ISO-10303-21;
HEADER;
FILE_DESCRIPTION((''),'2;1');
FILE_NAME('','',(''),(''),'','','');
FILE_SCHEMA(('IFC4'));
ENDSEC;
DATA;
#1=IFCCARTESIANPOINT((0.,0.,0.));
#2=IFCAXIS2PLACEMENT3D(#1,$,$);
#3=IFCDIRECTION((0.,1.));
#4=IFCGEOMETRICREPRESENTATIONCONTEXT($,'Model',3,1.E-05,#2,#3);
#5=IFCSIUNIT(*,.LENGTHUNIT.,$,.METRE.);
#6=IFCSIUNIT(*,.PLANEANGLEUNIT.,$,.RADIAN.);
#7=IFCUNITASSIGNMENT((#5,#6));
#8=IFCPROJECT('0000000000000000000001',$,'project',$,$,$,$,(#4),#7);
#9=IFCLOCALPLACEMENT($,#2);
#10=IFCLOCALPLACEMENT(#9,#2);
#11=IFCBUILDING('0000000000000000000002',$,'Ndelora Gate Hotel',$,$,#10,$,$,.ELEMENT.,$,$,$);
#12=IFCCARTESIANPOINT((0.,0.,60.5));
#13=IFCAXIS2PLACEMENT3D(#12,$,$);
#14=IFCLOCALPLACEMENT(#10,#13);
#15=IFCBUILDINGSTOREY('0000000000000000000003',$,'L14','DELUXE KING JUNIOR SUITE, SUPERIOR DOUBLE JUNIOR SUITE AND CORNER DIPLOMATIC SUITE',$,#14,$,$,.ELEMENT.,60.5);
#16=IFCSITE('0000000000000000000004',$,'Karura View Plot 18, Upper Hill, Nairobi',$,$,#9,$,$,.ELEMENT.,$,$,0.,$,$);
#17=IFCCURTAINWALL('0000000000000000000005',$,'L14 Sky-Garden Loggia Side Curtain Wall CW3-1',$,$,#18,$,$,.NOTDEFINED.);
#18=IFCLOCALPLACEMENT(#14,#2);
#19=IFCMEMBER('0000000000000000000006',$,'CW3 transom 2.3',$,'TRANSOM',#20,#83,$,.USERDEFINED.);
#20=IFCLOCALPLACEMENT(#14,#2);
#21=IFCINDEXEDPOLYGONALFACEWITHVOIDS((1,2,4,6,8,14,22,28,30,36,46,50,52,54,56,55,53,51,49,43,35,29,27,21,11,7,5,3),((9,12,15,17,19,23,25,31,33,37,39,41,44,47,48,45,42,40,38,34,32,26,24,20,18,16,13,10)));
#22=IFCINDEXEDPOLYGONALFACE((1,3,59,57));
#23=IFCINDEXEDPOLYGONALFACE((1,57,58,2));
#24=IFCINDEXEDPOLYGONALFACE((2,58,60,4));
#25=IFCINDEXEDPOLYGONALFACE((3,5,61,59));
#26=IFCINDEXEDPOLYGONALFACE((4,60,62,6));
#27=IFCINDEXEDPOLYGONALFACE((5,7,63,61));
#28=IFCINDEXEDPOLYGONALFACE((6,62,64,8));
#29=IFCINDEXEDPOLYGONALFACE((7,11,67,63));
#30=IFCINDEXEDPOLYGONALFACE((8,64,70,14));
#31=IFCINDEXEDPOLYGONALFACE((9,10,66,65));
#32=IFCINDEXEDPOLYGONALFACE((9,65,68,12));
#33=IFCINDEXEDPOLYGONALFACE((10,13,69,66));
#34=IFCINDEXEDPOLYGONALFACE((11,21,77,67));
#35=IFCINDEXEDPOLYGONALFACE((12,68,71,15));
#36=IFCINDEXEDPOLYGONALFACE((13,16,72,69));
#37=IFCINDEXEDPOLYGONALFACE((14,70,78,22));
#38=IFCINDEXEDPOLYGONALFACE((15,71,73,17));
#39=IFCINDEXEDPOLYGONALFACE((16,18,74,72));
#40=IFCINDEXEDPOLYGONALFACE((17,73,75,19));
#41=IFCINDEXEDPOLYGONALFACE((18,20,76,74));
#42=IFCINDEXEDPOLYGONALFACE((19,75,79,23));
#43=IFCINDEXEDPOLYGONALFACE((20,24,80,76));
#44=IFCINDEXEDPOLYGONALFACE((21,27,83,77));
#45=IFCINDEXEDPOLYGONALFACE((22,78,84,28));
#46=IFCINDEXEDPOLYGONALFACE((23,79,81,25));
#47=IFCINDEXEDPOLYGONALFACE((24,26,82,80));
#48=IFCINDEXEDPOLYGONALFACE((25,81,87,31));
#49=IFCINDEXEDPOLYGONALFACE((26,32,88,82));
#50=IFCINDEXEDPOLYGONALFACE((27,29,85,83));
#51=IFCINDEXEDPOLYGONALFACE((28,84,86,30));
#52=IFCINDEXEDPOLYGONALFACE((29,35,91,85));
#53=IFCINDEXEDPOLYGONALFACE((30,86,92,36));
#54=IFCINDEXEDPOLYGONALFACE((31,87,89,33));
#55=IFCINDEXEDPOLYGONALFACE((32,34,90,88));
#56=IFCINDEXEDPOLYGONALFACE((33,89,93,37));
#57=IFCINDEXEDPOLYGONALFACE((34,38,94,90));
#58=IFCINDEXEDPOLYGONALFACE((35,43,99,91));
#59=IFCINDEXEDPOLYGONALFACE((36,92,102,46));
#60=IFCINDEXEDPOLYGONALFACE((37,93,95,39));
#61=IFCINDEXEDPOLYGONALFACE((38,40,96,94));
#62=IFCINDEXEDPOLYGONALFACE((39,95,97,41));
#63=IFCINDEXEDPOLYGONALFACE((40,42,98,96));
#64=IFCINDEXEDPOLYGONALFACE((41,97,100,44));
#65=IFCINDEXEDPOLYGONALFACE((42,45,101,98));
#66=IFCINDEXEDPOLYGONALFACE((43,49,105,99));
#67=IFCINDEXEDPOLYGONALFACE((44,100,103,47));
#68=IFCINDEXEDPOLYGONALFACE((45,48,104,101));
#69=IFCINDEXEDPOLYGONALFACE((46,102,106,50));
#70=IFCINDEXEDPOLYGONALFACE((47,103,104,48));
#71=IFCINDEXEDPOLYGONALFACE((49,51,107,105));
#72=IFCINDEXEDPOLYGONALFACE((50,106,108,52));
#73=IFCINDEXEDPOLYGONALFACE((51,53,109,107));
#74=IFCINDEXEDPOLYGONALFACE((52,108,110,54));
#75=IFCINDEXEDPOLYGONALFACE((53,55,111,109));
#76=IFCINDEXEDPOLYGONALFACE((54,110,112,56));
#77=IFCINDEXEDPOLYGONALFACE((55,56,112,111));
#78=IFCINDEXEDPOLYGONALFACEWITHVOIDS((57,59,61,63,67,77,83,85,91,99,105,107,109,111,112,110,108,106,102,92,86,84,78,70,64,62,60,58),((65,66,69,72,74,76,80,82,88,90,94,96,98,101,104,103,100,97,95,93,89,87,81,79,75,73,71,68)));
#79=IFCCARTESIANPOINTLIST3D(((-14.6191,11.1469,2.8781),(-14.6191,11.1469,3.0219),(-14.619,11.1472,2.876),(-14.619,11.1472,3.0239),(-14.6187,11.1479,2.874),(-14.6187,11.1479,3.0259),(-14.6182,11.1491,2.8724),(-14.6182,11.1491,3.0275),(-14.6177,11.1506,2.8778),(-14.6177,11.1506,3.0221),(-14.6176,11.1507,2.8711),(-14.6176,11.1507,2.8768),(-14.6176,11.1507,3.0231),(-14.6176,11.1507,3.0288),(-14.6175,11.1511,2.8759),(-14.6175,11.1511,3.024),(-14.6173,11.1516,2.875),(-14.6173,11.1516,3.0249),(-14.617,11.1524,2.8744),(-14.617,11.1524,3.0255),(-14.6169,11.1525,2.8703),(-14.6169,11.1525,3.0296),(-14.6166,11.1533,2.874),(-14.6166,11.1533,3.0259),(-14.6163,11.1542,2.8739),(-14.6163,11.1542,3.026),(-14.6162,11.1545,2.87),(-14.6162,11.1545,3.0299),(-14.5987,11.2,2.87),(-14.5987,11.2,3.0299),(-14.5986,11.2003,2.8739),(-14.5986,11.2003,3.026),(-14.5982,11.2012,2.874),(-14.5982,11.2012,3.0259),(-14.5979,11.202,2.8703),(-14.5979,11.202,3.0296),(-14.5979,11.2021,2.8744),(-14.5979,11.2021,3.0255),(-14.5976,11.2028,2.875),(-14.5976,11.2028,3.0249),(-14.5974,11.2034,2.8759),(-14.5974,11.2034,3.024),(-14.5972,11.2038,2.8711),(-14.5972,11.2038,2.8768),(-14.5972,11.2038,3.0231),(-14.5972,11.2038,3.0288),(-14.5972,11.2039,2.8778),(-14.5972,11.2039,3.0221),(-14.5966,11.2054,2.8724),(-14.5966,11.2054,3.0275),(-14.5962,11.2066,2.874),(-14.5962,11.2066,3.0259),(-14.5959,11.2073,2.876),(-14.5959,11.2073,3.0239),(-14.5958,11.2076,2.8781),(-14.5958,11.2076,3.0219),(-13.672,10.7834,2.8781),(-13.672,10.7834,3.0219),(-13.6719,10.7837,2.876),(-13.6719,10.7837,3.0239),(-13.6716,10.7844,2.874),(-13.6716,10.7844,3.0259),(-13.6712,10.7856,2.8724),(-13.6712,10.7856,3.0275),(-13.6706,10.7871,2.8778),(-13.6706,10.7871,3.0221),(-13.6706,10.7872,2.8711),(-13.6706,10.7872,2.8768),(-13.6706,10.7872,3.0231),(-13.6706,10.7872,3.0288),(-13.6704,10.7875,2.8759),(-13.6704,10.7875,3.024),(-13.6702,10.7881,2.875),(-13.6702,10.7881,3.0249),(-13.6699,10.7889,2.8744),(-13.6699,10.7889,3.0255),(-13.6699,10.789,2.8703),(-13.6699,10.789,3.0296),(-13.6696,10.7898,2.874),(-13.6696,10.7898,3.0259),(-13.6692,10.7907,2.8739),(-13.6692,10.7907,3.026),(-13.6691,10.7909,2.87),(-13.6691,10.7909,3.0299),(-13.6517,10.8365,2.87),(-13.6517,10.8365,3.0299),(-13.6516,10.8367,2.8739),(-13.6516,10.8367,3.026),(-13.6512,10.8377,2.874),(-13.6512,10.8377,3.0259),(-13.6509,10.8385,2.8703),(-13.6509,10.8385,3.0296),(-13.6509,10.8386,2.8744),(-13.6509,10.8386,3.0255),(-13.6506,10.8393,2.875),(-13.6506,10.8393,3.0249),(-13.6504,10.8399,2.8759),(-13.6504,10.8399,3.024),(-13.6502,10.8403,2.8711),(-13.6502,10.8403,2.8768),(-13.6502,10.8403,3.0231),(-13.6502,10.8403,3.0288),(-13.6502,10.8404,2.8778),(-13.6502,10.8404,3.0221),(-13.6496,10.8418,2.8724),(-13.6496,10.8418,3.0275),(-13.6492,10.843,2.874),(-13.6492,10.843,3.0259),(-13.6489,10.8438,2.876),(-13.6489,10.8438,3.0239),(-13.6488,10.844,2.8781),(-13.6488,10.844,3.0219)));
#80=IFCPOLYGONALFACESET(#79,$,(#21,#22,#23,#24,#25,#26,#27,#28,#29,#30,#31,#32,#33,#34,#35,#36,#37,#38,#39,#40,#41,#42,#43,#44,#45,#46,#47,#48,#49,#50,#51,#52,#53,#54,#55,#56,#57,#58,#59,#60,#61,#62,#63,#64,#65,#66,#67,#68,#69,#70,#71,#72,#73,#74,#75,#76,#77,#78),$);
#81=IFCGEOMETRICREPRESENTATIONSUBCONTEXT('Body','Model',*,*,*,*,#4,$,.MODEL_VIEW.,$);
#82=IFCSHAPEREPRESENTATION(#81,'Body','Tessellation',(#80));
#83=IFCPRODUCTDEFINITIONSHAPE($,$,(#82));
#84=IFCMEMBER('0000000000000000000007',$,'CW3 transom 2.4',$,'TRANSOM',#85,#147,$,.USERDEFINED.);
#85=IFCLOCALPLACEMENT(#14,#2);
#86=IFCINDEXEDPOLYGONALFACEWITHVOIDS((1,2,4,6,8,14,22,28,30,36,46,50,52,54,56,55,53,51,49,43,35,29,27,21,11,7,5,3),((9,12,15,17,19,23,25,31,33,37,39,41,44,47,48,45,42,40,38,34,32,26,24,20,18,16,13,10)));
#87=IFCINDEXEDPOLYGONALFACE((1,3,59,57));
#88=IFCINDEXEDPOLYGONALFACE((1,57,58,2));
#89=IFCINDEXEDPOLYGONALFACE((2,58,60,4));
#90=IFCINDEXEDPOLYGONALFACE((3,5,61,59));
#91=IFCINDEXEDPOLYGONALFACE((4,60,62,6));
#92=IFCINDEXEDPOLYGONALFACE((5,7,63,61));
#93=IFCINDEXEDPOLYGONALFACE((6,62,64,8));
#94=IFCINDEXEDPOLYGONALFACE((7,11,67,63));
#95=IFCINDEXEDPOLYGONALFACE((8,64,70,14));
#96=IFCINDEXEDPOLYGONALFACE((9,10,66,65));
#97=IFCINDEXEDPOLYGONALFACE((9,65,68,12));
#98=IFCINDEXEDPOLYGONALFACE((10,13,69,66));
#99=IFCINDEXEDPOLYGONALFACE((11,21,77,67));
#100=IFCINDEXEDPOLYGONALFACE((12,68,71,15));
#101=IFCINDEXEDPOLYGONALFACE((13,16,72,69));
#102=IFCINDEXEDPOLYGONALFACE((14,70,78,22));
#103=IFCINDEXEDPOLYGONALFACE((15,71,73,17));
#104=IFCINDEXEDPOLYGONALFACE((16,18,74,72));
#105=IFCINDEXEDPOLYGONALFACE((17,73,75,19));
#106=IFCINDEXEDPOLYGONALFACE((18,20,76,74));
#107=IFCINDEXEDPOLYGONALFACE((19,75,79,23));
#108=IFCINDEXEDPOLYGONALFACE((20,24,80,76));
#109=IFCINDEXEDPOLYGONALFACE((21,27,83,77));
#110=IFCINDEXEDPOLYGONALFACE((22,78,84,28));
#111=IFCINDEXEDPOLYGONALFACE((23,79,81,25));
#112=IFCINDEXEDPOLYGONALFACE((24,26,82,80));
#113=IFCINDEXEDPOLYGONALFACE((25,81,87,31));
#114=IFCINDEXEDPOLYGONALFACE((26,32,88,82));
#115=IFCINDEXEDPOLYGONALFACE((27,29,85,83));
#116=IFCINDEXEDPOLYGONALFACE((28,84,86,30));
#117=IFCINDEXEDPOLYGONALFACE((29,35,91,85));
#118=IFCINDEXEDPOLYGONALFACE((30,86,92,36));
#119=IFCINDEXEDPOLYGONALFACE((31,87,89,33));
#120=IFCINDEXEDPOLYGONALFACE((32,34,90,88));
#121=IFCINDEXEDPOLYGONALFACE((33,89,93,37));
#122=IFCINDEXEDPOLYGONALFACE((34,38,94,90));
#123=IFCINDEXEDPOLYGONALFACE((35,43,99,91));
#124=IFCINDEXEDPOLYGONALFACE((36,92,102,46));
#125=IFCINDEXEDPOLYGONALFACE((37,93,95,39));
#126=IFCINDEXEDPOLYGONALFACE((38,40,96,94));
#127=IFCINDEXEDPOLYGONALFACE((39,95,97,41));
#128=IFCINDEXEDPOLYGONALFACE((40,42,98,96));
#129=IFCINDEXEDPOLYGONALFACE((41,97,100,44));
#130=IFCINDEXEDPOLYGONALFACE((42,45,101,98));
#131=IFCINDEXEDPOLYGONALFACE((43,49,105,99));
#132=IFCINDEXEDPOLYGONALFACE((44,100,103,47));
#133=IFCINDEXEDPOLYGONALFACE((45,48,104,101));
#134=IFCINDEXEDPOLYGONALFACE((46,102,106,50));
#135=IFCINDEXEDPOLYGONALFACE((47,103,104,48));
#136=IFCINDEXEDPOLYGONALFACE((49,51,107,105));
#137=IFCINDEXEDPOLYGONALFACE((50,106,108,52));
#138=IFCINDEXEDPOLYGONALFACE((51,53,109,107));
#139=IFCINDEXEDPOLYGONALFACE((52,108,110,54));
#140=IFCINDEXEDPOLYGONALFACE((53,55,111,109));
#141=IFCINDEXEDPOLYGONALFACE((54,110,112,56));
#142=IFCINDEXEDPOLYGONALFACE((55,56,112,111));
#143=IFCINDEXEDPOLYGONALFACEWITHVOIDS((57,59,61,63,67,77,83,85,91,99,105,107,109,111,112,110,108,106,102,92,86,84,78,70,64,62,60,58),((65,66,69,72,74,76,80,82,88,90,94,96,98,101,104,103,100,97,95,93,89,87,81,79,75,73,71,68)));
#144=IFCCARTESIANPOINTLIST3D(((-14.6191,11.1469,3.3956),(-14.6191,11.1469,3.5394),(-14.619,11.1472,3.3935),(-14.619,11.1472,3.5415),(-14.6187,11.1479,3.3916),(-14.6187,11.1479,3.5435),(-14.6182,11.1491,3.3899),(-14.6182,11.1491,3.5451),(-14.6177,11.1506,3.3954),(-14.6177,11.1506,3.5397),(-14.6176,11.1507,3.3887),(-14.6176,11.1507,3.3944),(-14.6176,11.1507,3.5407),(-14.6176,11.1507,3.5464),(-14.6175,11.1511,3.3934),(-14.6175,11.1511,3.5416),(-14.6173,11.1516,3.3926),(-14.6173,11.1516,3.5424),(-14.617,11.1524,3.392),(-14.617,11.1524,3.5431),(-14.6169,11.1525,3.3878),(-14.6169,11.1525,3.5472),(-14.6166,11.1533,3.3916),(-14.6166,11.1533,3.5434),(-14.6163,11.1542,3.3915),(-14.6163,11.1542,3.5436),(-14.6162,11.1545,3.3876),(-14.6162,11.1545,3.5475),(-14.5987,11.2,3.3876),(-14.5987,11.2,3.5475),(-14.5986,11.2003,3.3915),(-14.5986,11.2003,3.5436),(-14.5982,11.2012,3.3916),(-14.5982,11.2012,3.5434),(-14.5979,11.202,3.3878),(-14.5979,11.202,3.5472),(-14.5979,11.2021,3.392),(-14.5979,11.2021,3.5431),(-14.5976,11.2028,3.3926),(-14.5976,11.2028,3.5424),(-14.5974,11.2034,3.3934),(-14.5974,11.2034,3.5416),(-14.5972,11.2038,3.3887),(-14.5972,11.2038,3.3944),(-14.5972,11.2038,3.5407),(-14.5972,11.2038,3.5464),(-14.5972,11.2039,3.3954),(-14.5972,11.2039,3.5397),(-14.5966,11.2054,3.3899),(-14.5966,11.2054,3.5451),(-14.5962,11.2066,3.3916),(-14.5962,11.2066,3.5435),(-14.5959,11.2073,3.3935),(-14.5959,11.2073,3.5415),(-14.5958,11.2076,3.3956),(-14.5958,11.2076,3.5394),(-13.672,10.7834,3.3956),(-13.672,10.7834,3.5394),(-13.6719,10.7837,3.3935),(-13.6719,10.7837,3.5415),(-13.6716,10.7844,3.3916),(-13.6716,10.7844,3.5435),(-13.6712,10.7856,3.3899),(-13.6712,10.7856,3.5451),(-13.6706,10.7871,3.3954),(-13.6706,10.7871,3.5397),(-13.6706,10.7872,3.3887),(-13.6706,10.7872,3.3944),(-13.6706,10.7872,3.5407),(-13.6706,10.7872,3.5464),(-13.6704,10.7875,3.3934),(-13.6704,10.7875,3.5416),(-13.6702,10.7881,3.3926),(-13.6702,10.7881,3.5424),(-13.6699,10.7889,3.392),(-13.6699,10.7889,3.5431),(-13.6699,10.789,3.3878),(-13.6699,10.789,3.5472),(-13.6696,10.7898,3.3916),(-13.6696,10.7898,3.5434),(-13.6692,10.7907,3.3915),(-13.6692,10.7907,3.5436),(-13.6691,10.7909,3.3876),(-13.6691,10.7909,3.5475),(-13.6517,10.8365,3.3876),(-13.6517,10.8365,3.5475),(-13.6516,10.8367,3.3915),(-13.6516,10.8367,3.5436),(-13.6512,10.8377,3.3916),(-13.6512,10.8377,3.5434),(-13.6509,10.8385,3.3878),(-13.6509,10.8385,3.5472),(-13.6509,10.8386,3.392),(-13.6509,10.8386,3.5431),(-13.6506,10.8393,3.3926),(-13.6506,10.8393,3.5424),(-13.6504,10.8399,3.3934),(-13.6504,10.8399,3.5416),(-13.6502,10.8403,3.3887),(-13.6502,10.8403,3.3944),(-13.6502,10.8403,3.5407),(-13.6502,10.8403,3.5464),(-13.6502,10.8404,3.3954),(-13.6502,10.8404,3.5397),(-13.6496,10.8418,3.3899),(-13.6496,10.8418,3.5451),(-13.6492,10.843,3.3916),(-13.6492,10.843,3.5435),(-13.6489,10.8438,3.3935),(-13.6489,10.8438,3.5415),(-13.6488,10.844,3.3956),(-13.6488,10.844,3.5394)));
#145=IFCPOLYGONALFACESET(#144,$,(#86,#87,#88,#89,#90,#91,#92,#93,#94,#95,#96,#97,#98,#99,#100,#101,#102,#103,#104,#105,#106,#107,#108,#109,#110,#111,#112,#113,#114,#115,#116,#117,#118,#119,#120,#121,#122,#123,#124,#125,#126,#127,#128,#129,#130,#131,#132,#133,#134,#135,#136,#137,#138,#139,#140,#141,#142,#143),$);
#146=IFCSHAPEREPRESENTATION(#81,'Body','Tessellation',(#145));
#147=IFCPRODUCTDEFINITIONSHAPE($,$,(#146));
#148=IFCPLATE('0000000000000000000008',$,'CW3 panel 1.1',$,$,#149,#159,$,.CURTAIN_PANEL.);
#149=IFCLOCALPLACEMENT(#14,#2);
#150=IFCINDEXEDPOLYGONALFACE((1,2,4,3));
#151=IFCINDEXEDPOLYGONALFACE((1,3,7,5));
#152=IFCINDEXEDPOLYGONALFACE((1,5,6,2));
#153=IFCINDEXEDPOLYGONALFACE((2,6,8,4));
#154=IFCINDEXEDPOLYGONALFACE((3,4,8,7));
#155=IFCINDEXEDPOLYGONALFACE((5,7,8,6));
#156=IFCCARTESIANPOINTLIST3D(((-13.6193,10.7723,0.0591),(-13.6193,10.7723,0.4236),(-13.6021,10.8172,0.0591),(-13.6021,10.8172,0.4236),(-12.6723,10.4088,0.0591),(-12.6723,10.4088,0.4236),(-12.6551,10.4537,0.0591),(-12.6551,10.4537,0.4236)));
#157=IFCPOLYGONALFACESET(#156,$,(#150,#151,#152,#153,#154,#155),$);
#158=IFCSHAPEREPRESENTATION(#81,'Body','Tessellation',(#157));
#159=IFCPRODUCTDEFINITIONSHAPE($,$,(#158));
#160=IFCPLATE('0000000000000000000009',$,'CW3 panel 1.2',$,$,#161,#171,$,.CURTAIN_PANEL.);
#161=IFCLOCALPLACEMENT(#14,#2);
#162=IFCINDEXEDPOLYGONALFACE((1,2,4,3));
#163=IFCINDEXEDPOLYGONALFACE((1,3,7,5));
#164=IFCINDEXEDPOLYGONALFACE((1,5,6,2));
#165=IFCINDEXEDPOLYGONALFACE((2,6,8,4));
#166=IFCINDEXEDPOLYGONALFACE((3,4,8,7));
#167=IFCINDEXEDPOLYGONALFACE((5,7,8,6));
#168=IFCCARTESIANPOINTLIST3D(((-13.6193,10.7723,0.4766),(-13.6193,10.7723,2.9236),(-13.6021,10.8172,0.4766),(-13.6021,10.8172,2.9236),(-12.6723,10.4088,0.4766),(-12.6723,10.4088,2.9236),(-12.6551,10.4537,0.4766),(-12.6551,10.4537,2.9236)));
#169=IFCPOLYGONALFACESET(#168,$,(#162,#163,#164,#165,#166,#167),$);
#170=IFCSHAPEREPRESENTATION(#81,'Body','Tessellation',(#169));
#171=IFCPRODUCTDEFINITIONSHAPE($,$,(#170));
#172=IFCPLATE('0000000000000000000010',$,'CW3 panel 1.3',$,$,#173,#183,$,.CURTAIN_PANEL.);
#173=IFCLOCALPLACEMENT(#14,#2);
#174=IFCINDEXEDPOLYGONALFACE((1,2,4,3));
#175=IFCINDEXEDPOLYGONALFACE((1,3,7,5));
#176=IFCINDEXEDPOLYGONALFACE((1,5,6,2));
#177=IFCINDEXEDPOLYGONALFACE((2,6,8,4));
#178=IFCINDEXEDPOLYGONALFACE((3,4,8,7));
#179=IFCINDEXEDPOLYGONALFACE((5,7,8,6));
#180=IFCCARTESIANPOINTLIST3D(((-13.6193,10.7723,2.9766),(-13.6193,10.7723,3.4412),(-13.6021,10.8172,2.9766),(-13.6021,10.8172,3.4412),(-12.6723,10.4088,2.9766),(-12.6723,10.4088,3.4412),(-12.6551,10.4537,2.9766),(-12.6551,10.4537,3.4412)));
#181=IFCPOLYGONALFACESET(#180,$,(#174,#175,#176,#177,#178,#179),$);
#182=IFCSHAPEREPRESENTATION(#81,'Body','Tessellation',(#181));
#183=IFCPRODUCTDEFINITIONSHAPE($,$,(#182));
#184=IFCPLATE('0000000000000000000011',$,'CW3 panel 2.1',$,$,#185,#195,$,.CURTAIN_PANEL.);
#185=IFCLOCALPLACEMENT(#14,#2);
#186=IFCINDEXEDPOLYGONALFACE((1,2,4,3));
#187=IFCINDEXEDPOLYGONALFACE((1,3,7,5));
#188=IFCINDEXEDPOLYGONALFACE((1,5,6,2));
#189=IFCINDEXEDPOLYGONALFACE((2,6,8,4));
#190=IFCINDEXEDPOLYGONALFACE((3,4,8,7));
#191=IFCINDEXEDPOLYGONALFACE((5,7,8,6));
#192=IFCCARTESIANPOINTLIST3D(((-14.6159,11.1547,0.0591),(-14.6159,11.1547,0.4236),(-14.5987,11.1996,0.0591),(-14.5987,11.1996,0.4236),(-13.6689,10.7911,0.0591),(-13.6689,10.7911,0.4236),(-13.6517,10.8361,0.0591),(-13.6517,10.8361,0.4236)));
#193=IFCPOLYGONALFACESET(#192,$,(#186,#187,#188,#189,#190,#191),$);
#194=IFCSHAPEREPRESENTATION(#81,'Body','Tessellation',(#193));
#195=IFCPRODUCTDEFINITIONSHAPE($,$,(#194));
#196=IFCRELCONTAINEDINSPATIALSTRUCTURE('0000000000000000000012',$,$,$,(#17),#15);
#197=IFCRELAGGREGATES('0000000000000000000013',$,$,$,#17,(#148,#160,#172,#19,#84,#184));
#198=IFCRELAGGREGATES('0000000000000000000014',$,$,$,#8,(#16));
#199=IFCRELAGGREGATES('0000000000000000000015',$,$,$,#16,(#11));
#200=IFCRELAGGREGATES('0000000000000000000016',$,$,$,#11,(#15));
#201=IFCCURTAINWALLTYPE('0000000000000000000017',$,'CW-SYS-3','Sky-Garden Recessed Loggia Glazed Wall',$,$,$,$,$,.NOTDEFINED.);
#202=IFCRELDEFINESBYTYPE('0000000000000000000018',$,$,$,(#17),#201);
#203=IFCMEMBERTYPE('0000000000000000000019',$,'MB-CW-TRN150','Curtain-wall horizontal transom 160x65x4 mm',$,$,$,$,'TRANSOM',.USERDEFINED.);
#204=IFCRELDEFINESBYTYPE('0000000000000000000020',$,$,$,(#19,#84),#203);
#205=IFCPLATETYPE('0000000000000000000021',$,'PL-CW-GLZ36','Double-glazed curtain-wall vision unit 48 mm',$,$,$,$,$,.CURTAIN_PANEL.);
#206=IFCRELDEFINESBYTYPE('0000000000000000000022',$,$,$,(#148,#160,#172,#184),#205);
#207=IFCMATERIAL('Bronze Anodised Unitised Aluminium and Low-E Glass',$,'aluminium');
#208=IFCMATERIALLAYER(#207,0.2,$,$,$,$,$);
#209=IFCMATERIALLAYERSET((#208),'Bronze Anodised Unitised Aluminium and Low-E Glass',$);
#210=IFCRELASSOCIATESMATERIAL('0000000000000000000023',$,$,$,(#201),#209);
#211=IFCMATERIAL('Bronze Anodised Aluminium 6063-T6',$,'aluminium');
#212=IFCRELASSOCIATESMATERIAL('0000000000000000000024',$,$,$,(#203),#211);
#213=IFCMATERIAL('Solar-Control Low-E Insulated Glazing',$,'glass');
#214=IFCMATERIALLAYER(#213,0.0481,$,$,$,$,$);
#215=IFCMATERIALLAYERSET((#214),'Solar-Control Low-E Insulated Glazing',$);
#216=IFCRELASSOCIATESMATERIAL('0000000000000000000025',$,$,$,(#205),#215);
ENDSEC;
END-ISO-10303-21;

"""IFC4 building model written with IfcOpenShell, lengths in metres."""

from ifc_helpers import new_model, si_unit, direction, frame, origin, origin_2d, place, context, subcontext, project, spatial, rectangle, hollow_rectangle, extrude, material, layer, layer_set, material_profile, profile_set, type_object, element, aggregate, save


model = new_model("IFC4")

# Units and contexts
model_context = context("Model", 3, precision=1e-05, world=origin(), true_north=direction((0.0, 1.0)))
body_context = subcontext(model_context, "Body", "Model", "MODEL_VIEW")
ifc_project = project(units=[si_unit("LENGTHUNIT", "METRE"), si_unit("PLANEANGLEUNIT", "RADIAN")], contexts=[model_context])

# Site, building, storey
site_placement = place(None, origin())
site = spatial("IfcSite", under=ifc_project, at=site_placement, Name="Karura View Plot 18, Upper Hill, Nairobi", CompositionType="ELEMENT", RefElevation=0.0)
building_placement = place(site_placement, origin())
building = spatial("IfcBuilding", under=site, at=building_placement, Name="Ndelora Gate Hotel", CompositionType="ELEMENT")
storey_placement = place(building_placement, frame((0.0, 0.0, 60.5)))
storey = spatial("IfcBuildingStorey", under=building, at=storey_placement, Name="L14", Description="DELUXE KING JUNIOR SUITE, SUPERIOR DOUBLE JUNIOR SUITE AND CORNER DIPLOMATIC SUITE", CompositionType="ELEMENT", Elevation=60.5)

# Curtain wall, members, plates
ifc_material_1 = material(Name="Bronze Anodised Unitised Aluminium and Low-E Glass", Category="aluminium")
ifc_layer_1 = layer(ifc_material_1, 0.2)
ifc_layer_set_1 = layer_set([ifc_layer_1], Name="Bronze Anodised Unitised Aluminium and Low-E Glass")
curtain_wall_type = type_object("IfcCurtainWallType", Name="CW-SYS-3", Description="Sky-Garden Recessed Loggia Glazed Wall", PredefinedType="NOTDEFINED", material=ifc_layer_set_1)
curtain_wall_placement = place(storey_placement, origin())
curtain_wall = element("IfcCurtainWall", 1, at=curtain_wall_placement, inside=storey, type_object=curtain_wall_type, Name="L14 Sky-Garden Loggia Side Curtain Wall CW3-1", PredefinedType="NOTDEFINED")
ifc_material_2 = material(Name="Bronze Anodised Aluminium 6063-T6", Category="aluminium")
ifc_material_profile_1 = material_profile(ifc_material_2, hollow_rectangle(XDim=0.0649, YDim=0.1599, WallThickness=0.0039, InnerFilletRadius=0.0039, OuterFilletRadius=0.0081, at=origin_2d()), Name="ALU 160x65x4")
ifc_profile_set_1 = profile_set([ifc_material_profile_1], Name="Bronze Anodised Aluminium 6063-T6")
member_type_1 = type_object("IfcMemberType", Name="MB-CW-TRN150", Description="Curtain-wall horizontal transom 160x65x4 mm", ElementType="TRANSOM", PredefinedType="USERDEFINED", material=ifc_profile_set_1)
member_1_placement = place(storey_placement, frame((-13.6604, 10.8137, 2.95), z_axis=(-0.933581, 0.358366, 0.0), x_axis=(-0.358366, -0.933581, 0.0)))
member_1 = element("IfcMember", 2, at=member_1_placement, type_object=member_type_1, Name="CW3 transom 2.3", ObjectType="TRANSOM", PredefinedType="USERDEFINED", context=body_context, shape_type="SweptSolid", body=[
    extrude(hollow_rectangle(XDim=0.0649, YDim=0.1599, WallThickness=0.0039, InnerFilletRadius=0.0039, OuterFilletRadius=0.0081, at=origin_2d()), origin(), (0.0, 0.0, 1.0), 1.0144),
])
member_2_placement = place(storey_placement, frame((-13.6604, 10.8137, 3.4675), z_axis=(-0.933581, 0.358366, 0.0), x_axis=(-0.358366, -0.933581, 0.0)))
member_2 = element("IfcMember", 3, at=member_2_placement, type_object=member_type_1, Name="CW3 transom 2.4", ObjectType="TRANSOM", PredefinedType="USERDEFINED", context=body_context, shape_type="SweptSolid", body=[
    extrude(hollow_rectangle(XDim=0.0649, YDim=0.1599, WallThickness=0.0039, InnerFilletRadius=0.0039, OuterFilletRadius=0.0081, at=origin_2d()), origin(), (0.0, 0.0, 1.0), 1.0144),
])
ifc_material_3 = material(Name="Solar-Control Low-E Insulated Glazing", Category="glass")
ifc_layer_2 = layer(ifc_material_3, 0.0481)
ifc_layer_set_2 = layer_set([ifc_layer_2], Name="Solar-Control Low-E Insulated Glazing")
plate_type = type_object("IfcPlateType", Name="PL-CW-GLZ36", Description="Double-glazed curtain-wall vision unit 48 mm", PredefinedType="CURTAIN_PANEL", material=ifc_layer_set_2)
plate_1_placement = place(storey_placement, frame((-13.1372, 10.613, 0.0591), z_axis=(0.0, 0.0, 1.0), x_axis=(-0.933583, 0.358361, 0.0)))
plate_1 = element("IfcPlate", 4, at=plate_1_placement, type_object=plate_type, Name="CW3 panel 1.1", PredefinedType="CURTAIN_PANEL", context=body_context, shape_type="SweptSolid", body=[
    extrude(rectangle(XDim=1.0144, YDim=0.0481, at=origin_2d()), origin(), (0.0, 0.0, 1.0), 0.3645),
])
plate_2_placement = place(storey_placement, frame((-13.1372, 10.613, 0.4766), z_axis=(0.0, 0.0, 1.0), x_axis=(-0.933583, 0.358361, 0.0)))
plate_2 = element("IfcPlate", 5, at=plate_2_placement, type_object=plate_type, Name="CW3 panel 1.2", PredefinedType="CURTAIN_PANEL", context=body_context, shape_type="SweptSolid", body=[
    extrude(rectangle(XDim=1.0144, YDim=0.0481, at=origin_2d()), origin(), (0.0, 0.0, 1.0), 2.447),
])
plate_3_placement = place(storey_placement, frame((-13.1372, 10.613, 2.9766), z_axis=(0.0, 0.0, 1.0), x_axis=(-0.933583, 0.358361, 0.0)))
plate_3 = element("IfcPlate", 6, at=plate_3_placement, type_object=plate_type, Name="CW3 panel 1.3", PredefinedType="CURTAIN_PANEL", context=body_context, shape_type="SweptSolid", body=[
    extrude(rectangle(XDim=1.0144, YDim=0.0481, at=origin_2d()), origin(), (0.0, 0.0, 1.0), 0.4646),
])
plate_4_placement = place(storey_placement, frame((-14.1338, 10.9954, 0.0591), z_axis=(0.0, 0.0, 1.0), x_axis=(-0.933583, 0.358361, 0.0)))
plate_4 = element("IfcPlate", 7, at=plate_4_placement, type_object=plate_type, Name="CW3 panel 2.1", PredefinedType="CURTAIN_PANEL", context=body_context, shape_type="SweptSolid", body=[
    extrude(rectangle(XDim=1.0144, YDim=0.0481, at=origin_2d()), origin(), (0.0, 0.0, 1.0), 0.3645),
])
aggregate(curtain_wall, [plate_1, plate_2, plate_3, member_1, member_2, plate_4])

save(model, "model.ifc")
